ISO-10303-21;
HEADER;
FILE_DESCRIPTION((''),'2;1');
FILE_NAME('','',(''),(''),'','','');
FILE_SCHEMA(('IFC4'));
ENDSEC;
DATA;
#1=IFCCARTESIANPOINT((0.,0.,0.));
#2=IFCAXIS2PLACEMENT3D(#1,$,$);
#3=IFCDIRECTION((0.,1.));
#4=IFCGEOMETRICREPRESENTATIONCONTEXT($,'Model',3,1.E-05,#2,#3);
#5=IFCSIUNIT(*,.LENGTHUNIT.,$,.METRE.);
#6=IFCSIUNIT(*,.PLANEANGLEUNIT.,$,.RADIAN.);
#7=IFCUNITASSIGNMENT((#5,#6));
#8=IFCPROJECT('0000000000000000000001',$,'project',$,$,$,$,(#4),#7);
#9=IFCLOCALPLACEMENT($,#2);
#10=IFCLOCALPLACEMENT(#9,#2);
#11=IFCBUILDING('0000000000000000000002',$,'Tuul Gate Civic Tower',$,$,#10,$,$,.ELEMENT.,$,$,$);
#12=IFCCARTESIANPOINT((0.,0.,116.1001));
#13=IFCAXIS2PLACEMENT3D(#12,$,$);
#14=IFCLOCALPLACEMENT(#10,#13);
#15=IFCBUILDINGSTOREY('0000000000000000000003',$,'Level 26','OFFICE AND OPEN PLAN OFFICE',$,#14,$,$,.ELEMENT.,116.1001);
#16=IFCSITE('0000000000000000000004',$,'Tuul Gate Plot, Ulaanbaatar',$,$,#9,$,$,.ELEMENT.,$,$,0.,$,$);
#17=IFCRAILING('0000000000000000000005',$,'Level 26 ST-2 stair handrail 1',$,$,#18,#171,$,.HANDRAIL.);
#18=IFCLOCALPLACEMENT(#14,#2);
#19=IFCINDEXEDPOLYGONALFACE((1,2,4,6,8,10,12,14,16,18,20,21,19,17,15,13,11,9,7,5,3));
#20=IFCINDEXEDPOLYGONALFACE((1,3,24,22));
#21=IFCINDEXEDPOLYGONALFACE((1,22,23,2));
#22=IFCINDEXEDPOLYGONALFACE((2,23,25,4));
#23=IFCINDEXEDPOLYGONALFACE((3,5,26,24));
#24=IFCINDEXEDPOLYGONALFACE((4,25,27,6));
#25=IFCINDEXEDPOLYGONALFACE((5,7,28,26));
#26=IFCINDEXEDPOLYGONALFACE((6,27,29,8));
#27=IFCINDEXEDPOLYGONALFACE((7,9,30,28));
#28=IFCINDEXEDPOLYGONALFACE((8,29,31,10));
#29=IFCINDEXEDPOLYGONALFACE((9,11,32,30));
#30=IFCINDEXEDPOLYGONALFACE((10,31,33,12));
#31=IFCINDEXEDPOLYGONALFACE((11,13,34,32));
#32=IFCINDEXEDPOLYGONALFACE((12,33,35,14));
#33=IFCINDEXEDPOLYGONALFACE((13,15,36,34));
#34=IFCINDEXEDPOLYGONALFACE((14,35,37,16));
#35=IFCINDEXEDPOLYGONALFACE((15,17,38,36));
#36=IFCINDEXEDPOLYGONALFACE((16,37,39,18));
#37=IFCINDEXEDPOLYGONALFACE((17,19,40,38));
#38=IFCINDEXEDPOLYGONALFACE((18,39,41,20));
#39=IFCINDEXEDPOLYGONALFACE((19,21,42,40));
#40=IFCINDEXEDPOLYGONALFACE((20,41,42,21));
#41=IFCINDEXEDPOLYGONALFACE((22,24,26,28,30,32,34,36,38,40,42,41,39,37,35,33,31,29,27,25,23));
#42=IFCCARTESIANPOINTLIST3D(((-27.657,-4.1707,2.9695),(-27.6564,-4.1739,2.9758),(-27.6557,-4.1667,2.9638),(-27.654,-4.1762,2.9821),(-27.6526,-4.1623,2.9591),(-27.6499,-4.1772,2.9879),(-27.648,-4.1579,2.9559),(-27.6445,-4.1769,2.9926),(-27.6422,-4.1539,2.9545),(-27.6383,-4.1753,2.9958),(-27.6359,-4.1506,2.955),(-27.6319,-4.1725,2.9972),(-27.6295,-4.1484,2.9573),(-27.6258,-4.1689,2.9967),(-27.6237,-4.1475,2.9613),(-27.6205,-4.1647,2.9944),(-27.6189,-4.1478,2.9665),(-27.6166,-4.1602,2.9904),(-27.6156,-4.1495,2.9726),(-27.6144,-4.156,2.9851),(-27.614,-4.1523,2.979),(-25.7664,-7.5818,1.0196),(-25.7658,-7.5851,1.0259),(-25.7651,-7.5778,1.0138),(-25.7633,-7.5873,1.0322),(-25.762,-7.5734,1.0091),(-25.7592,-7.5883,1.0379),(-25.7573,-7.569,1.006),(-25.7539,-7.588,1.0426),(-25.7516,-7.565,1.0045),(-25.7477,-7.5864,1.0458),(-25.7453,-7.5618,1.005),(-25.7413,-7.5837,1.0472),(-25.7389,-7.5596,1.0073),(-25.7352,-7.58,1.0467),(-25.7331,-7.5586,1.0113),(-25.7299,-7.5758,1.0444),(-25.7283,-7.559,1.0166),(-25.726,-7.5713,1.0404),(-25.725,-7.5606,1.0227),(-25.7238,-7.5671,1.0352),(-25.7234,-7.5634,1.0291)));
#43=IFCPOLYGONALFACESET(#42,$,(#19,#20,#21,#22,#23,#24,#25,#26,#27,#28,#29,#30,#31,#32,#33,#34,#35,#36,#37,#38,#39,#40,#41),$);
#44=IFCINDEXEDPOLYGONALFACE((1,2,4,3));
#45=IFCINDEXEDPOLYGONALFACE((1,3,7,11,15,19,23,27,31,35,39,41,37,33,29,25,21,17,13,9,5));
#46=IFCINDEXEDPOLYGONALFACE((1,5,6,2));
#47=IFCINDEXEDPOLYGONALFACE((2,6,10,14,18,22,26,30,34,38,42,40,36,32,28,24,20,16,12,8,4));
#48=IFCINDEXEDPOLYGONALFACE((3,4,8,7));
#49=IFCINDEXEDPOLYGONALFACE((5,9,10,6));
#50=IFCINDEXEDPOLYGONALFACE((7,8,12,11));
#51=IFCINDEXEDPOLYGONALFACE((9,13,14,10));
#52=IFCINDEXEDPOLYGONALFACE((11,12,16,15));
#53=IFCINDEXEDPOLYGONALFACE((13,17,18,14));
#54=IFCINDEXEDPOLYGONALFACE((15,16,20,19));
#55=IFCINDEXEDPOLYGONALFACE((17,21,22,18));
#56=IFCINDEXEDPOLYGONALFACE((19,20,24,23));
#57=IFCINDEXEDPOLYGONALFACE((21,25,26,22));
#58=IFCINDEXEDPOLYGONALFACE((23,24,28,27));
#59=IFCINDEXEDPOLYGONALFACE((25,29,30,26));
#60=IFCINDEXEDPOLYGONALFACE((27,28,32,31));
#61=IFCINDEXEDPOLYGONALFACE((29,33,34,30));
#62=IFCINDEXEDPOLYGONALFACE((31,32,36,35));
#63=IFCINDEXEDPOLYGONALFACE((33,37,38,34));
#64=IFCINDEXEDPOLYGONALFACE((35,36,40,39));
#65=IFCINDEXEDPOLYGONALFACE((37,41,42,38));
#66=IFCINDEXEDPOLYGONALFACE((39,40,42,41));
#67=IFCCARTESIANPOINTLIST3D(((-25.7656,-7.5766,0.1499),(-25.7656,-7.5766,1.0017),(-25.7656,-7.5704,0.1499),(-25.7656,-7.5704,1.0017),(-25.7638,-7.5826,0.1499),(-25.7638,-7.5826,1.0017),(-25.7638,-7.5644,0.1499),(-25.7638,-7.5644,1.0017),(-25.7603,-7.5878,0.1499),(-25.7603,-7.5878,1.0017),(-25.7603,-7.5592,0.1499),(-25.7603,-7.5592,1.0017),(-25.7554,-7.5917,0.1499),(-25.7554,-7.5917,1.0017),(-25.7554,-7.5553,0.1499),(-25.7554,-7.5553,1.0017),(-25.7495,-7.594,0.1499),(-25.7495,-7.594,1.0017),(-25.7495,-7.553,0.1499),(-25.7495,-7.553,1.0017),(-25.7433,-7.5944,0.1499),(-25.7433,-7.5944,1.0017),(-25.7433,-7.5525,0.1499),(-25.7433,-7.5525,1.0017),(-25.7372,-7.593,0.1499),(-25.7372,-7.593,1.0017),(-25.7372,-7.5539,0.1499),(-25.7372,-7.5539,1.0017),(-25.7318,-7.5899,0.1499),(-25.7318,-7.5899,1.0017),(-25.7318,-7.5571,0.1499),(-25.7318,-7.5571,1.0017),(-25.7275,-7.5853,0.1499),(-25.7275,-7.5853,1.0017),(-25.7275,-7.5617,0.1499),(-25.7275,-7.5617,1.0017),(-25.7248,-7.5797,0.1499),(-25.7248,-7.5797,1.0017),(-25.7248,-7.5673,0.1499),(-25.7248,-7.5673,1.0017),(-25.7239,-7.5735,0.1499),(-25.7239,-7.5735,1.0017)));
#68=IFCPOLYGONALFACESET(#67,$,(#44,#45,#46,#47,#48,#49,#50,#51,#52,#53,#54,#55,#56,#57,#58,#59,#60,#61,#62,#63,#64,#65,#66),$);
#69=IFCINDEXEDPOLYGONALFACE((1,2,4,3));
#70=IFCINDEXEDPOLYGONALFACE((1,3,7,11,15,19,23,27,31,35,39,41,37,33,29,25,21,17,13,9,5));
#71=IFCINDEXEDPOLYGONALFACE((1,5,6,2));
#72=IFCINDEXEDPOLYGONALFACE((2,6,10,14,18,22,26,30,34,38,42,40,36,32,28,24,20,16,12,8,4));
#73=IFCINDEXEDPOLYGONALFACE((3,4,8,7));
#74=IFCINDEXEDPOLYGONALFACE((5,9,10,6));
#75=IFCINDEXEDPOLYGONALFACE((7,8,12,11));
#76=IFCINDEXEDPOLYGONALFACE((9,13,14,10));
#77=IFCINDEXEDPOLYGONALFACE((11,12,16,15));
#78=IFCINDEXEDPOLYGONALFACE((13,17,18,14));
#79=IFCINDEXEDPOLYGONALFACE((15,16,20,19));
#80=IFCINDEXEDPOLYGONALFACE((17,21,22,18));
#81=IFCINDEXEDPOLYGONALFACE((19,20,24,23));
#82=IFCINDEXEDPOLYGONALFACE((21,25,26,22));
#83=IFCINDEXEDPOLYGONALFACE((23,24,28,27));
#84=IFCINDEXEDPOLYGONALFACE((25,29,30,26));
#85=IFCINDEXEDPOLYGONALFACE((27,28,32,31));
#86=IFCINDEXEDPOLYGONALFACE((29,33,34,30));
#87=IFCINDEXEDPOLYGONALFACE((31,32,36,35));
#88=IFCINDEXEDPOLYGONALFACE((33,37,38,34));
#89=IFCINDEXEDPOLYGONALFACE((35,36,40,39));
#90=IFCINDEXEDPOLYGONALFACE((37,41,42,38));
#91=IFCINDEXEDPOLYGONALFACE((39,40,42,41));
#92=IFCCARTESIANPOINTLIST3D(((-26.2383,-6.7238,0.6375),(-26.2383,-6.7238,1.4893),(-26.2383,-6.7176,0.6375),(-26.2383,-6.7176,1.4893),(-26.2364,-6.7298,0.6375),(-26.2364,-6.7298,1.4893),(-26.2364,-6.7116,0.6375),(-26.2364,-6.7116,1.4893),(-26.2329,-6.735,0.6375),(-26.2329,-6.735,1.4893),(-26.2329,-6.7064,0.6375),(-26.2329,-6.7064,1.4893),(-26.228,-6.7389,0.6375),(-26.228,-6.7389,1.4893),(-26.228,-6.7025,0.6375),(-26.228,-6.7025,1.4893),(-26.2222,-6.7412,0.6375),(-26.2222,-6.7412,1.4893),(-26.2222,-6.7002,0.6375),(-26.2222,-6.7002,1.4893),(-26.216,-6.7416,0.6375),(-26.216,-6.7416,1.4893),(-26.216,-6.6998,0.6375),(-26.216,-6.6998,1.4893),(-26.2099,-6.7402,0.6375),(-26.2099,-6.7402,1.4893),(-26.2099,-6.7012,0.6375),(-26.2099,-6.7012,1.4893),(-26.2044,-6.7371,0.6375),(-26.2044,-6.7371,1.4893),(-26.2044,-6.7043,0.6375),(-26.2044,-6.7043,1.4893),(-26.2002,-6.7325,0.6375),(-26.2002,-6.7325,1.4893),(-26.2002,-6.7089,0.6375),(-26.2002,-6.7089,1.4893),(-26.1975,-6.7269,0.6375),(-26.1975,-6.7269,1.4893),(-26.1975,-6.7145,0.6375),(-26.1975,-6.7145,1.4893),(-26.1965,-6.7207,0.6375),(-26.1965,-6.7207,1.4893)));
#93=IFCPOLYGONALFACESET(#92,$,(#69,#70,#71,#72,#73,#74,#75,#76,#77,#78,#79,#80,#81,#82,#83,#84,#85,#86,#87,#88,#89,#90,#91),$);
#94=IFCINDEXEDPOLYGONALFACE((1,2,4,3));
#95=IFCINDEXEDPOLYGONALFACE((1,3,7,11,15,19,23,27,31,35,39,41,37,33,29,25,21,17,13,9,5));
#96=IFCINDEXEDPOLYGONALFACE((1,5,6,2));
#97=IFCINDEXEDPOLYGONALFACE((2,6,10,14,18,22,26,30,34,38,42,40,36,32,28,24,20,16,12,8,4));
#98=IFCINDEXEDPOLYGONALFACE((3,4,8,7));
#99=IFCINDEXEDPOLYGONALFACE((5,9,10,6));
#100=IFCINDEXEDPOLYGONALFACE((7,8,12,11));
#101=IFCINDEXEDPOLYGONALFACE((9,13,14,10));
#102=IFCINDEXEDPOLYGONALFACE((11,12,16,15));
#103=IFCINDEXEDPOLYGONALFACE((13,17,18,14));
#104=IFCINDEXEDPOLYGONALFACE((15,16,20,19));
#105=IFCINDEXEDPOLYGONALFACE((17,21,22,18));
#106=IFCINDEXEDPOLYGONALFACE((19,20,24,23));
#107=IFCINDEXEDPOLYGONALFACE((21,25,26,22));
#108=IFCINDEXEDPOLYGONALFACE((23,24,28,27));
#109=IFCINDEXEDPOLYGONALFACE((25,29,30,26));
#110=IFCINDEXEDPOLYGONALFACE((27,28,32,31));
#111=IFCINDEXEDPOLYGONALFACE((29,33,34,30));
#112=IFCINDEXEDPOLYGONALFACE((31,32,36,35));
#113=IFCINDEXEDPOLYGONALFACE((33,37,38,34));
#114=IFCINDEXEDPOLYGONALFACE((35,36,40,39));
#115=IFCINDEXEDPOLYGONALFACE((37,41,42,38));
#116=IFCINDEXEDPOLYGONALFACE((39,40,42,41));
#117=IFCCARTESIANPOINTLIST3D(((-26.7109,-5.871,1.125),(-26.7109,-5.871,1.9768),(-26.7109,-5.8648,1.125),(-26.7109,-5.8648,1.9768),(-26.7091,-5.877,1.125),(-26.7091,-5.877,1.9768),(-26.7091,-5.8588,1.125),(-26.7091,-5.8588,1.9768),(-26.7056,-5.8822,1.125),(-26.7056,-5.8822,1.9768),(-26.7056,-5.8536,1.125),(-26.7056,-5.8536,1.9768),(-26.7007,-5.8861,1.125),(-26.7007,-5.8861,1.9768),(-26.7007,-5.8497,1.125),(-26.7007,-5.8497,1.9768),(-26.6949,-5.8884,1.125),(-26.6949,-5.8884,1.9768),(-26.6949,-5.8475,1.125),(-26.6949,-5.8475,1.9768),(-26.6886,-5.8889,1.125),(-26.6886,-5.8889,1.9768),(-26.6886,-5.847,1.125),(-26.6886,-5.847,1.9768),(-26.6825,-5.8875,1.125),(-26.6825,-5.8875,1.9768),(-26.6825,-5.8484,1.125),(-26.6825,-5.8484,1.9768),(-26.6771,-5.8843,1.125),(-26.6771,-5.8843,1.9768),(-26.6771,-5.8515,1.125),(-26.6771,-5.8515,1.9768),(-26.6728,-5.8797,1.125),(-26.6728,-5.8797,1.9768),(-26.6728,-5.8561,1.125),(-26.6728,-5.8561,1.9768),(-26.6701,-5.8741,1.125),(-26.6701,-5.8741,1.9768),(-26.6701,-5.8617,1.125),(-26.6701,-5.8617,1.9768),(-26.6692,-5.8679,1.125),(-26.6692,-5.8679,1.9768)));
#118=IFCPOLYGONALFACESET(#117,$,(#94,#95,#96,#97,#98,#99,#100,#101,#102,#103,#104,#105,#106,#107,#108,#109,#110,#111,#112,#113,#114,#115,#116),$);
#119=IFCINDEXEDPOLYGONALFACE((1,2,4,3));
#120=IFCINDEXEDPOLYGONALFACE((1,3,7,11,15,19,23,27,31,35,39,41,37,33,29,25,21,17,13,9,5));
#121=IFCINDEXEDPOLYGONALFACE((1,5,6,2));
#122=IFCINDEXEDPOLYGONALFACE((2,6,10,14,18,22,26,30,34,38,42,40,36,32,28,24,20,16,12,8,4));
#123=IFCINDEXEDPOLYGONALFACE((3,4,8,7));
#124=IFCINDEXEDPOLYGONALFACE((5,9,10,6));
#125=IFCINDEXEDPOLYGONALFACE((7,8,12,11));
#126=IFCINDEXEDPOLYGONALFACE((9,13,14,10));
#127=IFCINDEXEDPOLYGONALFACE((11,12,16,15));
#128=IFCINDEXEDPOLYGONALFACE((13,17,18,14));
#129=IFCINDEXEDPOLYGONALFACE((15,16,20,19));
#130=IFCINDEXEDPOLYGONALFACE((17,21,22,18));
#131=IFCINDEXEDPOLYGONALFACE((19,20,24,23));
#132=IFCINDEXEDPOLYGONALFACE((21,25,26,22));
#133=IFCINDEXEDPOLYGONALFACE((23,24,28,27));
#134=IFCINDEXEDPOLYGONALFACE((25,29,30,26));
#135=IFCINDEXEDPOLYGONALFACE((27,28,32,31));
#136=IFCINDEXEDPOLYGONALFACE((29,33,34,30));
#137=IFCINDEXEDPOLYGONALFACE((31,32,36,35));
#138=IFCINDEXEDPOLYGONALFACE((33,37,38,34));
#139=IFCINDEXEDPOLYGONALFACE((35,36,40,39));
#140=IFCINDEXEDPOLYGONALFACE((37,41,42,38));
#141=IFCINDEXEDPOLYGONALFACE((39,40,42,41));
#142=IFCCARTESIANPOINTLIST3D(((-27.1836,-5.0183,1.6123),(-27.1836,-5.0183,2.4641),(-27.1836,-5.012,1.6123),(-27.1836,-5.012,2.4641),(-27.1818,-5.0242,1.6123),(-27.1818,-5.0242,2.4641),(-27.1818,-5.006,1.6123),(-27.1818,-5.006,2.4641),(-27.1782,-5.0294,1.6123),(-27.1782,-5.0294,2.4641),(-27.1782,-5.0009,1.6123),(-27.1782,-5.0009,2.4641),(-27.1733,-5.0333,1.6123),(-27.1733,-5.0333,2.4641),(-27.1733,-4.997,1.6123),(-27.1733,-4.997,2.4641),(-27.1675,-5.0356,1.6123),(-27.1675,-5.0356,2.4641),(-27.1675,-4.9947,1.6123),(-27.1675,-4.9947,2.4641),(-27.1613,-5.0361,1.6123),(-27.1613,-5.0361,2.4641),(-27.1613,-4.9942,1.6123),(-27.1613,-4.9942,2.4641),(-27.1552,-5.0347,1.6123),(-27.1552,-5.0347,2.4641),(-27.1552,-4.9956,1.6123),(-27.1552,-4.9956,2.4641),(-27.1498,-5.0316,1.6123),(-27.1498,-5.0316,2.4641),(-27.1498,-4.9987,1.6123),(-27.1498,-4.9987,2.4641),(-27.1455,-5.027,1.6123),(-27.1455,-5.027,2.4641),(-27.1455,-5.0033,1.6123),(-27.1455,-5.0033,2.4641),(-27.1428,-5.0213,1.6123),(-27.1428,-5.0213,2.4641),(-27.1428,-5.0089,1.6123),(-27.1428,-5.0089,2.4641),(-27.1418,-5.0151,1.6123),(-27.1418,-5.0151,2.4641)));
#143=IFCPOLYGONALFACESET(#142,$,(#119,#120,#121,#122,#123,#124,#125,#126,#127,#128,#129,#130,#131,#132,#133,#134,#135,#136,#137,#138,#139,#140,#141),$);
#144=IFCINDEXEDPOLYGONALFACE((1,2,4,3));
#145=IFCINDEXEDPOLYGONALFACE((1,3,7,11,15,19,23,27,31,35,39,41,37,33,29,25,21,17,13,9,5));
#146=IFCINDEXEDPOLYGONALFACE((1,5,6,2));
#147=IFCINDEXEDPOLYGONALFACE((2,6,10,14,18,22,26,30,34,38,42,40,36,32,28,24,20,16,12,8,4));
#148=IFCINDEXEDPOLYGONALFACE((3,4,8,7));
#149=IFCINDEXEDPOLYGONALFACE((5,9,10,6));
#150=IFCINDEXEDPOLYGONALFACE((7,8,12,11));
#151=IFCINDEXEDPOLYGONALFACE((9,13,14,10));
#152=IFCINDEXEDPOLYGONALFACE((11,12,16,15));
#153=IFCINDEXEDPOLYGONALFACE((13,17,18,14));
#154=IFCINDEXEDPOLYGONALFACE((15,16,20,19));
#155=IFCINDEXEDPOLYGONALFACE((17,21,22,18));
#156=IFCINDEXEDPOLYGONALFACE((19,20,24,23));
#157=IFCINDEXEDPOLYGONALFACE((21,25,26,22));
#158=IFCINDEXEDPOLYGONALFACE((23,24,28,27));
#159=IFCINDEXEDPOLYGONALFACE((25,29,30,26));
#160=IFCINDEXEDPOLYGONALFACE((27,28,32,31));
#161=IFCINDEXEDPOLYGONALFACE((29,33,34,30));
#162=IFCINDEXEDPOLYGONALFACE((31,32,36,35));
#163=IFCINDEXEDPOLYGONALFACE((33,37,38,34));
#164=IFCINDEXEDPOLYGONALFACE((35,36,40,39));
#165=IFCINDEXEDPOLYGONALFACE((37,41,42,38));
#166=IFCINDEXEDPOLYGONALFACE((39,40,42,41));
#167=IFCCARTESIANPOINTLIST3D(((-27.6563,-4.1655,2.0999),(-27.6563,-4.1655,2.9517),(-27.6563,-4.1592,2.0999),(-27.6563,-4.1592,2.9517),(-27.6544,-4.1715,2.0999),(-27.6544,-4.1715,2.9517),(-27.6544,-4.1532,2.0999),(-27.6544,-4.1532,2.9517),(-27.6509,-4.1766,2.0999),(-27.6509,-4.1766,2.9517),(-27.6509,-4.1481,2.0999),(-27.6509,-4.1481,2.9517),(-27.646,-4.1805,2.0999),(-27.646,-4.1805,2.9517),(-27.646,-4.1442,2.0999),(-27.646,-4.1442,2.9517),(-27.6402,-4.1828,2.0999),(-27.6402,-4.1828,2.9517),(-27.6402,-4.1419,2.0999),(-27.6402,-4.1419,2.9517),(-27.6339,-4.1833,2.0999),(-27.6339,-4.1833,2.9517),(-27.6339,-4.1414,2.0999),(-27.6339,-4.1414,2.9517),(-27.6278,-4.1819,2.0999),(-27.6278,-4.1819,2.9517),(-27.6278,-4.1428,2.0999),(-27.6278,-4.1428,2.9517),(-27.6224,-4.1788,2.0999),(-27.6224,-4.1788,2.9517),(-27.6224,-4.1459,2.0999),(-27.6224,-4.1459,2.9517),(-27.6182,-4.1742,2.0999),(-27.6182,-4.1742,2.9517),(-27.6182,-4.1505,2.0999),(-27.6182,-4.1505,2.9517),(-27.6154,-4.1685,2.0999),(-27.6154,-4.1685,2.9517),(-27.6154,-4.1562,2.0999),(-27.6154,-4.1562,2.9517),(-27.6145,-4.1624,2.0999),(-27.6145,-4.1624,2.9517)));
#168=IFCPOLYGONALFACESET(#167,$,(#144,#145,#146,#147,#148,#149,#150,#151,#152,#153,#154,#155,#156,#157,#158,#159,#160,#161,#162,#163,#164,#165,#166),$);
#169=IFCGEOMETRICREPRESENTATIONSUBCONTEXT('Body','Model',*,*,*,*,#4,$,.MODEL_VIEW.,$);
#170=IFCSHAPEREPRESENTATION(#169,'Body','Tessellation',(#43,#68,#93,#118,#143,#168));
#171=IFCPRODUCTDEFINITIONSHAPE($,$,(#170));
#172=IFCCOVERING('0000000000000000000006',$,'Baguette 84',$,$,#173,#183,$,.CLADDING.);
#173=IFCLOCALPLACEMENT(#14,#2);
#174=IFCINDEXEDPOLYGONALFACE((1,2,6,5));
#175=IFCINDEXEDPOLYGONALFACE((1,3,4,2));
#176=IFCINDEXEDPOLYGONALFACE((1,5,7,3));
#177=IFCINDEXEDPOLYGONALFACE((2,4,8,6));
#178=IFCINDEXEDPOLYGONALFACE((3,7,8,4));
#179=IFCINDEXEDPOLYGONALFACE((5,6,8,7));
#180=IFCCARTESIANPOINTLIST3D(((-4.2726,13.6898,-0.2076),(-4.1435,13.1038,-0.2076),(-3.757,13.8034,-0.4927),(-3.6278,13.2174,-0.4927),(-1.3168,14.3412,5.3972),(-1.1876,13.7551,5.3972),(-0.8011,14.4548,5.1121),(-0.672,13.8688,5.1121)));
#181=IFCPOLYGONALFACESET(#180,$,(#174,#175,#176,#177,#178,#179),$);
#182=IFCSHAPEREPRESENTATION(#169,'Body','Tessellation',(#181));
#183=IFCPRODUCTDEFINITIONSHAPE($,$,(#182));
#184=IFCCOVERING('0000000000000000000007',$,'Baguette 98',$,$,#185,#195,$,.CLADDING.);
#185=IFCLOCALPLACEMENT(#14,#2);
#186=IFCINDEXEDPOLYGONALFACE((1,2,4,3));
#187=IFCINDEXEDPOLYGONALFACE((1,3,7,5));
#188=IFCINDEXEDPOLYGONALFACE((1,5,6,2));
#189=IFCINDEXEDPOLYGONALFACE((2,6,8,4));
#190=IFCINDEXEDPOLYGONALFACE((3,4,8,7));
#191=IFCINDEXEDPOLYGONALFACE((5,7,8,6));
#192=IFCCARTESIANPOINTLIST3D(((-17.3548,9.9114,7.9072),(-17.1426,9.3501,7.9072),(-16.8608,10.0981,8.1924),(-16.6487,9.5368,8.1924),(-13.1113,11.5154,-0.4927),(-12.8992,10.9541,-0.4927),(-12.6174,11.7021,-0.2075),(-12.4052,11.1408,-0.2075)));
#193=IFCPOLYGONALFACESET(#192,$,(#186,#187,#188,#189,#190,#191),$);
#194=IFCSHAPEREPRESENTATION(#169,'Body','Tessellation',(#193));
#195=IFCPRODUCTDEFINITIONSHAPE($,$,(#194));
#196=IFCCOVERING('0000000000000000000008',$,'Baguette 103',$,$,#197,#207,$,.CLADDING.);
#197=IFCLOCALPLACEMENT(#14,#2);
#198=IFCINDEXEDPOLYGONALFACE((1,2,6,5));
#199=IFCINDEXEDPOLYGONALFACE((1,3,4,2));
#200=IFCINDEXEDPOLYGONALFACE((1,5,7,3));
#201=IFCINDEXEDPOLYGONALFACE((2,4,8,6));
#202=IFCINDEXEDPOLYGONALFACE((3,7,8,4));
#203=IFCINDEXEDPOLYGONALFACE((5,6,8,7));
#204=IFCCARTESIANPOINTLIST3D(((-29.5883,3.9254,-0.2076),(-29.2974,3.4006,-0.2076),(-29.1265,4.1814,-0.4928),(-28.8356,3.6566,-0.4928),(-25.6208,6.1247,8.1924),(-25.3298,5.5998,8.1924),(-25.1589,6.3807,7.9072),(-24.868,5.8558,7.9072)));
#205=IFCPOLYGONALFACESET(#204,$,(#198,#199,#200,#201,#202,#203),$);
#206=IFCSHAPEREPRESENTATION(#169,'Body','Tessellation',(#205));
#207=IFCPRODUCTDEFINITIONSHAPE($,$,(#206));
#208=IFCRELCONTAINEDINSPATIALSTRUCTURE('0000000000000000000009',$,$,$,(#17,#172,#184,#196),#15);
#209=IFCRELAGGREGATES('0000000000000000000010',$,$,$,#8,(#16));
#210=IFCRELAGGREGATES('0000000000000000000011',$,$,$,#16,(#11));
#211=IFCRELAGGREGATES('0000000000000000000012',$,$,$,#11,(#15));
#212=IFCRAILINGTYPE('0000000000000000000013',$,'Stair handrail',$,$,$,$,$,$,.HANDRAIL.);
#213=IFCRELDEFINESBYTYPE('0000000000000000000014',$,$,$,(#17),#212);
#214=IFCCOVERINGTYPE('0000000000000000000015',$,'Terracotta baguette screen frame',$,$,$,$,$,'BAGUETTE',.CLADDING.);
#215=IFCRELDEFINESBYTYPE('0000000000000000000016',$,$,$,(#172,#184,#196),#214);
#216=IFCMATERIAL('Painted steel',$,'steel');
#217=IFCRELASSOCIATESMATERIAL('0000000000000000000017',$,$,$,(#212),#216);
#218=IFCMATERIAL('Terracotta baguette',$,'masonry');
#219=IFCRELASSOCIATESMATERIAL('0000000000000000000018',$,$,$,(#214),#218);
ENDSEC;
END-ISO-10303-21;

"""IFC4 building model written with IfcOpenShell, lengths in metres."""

from ifc_helpers import new_model, si_unit, direction, frame, origin, origin_2d, place, context, subcontext, project, spatial, rectangle, circle, extrude, material, material_profile, profile_set, type_object, element, save


model = new_model("IFC4")

# Units and contexts
model_context = context("Model", 3, precision=1e-05, world=origin(), true_north=direction((0.0, 1.0)))
body_context = subcontext(model_context, "Body", "Model", "MODEL_VIEW")
ifc_project = project(units=[si_unit("LENGTHUNIT", "METRE"), si_unit("PLANEANGLEUNIT", "RADIAN")], contexts=[model_context])

# Site, building, storey
site_placement = place(None, origin())
site = spatial("IfcSite", under=ifc_project, at=site_placement, Name="Tuul Gate Plot, Ulaanbaatar", CompositionType="ELEMENT", RefElevation=0.0)
building_placement = place(site_placement, origin())
building = spatial("IfcBuilding", under=site, at=building_placement, Name="Tuul Gate Civic Tower", CompositionType="ELEMENT")
storey_placement = place(building_placement, frame((0.0, 0.0, 116.1001)))
storey = spatial("IfcBuildingStorey", under=building, at=storey_placement, Name="Level 26", Description="OFFICE AND OPEN PLAN OFFICE", CompositionType="ELEMENT", Elevation=116.1001)

# Railing
ifc_material_1 = material(Name="Painted steel", Category="steel")
railing_type = type_object("IfcRailingType", Name="Stair handrail", PredefinedType="HANDRAIL", material=ifc_material_1)
railing_placement = place(storey_placement, frame((-25.7449, -7.5735, 0.1499)))
element("IfcRailing", 1, at=railing_placement, inside=storey, type_object=railing_type, Name="Level 26 ST-2 stair handrail 1", PredefinedType="HANDRAIL", context=body_context, shape_type="SweptSolid", body=[
    extrude(circle(Radius=0.0239, at=origin_2d()), frame((0.0, 0.0, 0.876), z_axis=(-0.433595, 0.782308, 0.447201), x_axis=(-0.874641, -0.484771, 0.0)), (0.0, 0.0, 1.0), 4.3604),
    extrude(circle(Radius=0.021, at=origin_2d()), origin(), (0.0, 0.0, 1.0), 0.8518),
    extrude(circle(Radius=0.021, at=origin_2d()), frame((-0.4727, 0.8528, 0.4875)), (0.0, 0.0, 1.0), 0.8518),
    extrude(circle(Radius=0.021, at=origin_2d()), frame((-0.9453, 1.7056, 0.9751)), (0.0, 0.0, 1.0), 0.8518),
    extrude(circle(Radius=0.021, at=origin_2d()), frame((-1.418, 2.5583, 1.4624)), (0.0, 0.0, 1.0), 0.8518),
    extrude(circle(Radius=0.021, at=origin_2d()), frame((-1.8906, 3.4111, 1.95)), (0.0, 0.0, 1.0), 0.8518),
])

# Coverings
ifc_material_2 = material(Name="Terracotta baguette", Category="masonry")
ifc_material_profile_1 = material_profile(ifc_material_2, rectangle(XDim=0.6001, YDim=0.6001, at=origin_2d()), Name="Terracotta baguette screen frame")
ifc_profile_set_1 = profile_set([ifc_material_profile_1], Name="Terracotta baguette")
covering_type = type_object("IfcCoveringType", Name="Terracotta baguette screen frame", ElementType="BAGUETTE", PredefinedType="CLADDING", material=ifc_profile_set_1)
covering_placement = place(storey_placement, frame((-0.9944, 14.105, 5.2546), z_axis=(-0.464036, -0.102259, -0.879894), x_axis=(0.215205, -0.976569, 0.0)))
element("IfcCovering", 2, at=covering_placement, inside=storey, type_object=covering_type, Name="Baguette 84", PredefinedType="CLADDING", context=body_context, shape_type="SweptSolid", body=[
    extrude(rectangle(XDim=0.6001, YDim=0.6001, at=origin_2d()), origin(), (0.0, 0.0, 1.0), 6.3699),
])
for number, where, z_axis, x_axis, name in (
    (3, (-17.0017, 9.7241, 8.0498), (0.444494, 0.168018, -0.879884), (-0.353582, 0.935404, 0.0), "Baguette 98"),
    (4, (-25.2444, 5.9902, 8.0498), (-0.415599, -0.230368, -0.879891), (0.484806, -0.874621, 0.0), "Baguette 103"),
):
    element("IfcCovering", number, at=place(storey_placement, frame(where, z_axis=z_axis, x_axis=x_axis)), inside=storey, type_object=covering_type, Name=name, PredefinedType="CLADDING", context=body_context, shape_type="SweptSolid", body=[
        extrude(rectangle(XDim=0.6001, YDim=0.6001, at=origin_2d()), origin(), (0.0, 0.0, 1.0), 9.5466),
    ])

save(model, "model.ifc")
